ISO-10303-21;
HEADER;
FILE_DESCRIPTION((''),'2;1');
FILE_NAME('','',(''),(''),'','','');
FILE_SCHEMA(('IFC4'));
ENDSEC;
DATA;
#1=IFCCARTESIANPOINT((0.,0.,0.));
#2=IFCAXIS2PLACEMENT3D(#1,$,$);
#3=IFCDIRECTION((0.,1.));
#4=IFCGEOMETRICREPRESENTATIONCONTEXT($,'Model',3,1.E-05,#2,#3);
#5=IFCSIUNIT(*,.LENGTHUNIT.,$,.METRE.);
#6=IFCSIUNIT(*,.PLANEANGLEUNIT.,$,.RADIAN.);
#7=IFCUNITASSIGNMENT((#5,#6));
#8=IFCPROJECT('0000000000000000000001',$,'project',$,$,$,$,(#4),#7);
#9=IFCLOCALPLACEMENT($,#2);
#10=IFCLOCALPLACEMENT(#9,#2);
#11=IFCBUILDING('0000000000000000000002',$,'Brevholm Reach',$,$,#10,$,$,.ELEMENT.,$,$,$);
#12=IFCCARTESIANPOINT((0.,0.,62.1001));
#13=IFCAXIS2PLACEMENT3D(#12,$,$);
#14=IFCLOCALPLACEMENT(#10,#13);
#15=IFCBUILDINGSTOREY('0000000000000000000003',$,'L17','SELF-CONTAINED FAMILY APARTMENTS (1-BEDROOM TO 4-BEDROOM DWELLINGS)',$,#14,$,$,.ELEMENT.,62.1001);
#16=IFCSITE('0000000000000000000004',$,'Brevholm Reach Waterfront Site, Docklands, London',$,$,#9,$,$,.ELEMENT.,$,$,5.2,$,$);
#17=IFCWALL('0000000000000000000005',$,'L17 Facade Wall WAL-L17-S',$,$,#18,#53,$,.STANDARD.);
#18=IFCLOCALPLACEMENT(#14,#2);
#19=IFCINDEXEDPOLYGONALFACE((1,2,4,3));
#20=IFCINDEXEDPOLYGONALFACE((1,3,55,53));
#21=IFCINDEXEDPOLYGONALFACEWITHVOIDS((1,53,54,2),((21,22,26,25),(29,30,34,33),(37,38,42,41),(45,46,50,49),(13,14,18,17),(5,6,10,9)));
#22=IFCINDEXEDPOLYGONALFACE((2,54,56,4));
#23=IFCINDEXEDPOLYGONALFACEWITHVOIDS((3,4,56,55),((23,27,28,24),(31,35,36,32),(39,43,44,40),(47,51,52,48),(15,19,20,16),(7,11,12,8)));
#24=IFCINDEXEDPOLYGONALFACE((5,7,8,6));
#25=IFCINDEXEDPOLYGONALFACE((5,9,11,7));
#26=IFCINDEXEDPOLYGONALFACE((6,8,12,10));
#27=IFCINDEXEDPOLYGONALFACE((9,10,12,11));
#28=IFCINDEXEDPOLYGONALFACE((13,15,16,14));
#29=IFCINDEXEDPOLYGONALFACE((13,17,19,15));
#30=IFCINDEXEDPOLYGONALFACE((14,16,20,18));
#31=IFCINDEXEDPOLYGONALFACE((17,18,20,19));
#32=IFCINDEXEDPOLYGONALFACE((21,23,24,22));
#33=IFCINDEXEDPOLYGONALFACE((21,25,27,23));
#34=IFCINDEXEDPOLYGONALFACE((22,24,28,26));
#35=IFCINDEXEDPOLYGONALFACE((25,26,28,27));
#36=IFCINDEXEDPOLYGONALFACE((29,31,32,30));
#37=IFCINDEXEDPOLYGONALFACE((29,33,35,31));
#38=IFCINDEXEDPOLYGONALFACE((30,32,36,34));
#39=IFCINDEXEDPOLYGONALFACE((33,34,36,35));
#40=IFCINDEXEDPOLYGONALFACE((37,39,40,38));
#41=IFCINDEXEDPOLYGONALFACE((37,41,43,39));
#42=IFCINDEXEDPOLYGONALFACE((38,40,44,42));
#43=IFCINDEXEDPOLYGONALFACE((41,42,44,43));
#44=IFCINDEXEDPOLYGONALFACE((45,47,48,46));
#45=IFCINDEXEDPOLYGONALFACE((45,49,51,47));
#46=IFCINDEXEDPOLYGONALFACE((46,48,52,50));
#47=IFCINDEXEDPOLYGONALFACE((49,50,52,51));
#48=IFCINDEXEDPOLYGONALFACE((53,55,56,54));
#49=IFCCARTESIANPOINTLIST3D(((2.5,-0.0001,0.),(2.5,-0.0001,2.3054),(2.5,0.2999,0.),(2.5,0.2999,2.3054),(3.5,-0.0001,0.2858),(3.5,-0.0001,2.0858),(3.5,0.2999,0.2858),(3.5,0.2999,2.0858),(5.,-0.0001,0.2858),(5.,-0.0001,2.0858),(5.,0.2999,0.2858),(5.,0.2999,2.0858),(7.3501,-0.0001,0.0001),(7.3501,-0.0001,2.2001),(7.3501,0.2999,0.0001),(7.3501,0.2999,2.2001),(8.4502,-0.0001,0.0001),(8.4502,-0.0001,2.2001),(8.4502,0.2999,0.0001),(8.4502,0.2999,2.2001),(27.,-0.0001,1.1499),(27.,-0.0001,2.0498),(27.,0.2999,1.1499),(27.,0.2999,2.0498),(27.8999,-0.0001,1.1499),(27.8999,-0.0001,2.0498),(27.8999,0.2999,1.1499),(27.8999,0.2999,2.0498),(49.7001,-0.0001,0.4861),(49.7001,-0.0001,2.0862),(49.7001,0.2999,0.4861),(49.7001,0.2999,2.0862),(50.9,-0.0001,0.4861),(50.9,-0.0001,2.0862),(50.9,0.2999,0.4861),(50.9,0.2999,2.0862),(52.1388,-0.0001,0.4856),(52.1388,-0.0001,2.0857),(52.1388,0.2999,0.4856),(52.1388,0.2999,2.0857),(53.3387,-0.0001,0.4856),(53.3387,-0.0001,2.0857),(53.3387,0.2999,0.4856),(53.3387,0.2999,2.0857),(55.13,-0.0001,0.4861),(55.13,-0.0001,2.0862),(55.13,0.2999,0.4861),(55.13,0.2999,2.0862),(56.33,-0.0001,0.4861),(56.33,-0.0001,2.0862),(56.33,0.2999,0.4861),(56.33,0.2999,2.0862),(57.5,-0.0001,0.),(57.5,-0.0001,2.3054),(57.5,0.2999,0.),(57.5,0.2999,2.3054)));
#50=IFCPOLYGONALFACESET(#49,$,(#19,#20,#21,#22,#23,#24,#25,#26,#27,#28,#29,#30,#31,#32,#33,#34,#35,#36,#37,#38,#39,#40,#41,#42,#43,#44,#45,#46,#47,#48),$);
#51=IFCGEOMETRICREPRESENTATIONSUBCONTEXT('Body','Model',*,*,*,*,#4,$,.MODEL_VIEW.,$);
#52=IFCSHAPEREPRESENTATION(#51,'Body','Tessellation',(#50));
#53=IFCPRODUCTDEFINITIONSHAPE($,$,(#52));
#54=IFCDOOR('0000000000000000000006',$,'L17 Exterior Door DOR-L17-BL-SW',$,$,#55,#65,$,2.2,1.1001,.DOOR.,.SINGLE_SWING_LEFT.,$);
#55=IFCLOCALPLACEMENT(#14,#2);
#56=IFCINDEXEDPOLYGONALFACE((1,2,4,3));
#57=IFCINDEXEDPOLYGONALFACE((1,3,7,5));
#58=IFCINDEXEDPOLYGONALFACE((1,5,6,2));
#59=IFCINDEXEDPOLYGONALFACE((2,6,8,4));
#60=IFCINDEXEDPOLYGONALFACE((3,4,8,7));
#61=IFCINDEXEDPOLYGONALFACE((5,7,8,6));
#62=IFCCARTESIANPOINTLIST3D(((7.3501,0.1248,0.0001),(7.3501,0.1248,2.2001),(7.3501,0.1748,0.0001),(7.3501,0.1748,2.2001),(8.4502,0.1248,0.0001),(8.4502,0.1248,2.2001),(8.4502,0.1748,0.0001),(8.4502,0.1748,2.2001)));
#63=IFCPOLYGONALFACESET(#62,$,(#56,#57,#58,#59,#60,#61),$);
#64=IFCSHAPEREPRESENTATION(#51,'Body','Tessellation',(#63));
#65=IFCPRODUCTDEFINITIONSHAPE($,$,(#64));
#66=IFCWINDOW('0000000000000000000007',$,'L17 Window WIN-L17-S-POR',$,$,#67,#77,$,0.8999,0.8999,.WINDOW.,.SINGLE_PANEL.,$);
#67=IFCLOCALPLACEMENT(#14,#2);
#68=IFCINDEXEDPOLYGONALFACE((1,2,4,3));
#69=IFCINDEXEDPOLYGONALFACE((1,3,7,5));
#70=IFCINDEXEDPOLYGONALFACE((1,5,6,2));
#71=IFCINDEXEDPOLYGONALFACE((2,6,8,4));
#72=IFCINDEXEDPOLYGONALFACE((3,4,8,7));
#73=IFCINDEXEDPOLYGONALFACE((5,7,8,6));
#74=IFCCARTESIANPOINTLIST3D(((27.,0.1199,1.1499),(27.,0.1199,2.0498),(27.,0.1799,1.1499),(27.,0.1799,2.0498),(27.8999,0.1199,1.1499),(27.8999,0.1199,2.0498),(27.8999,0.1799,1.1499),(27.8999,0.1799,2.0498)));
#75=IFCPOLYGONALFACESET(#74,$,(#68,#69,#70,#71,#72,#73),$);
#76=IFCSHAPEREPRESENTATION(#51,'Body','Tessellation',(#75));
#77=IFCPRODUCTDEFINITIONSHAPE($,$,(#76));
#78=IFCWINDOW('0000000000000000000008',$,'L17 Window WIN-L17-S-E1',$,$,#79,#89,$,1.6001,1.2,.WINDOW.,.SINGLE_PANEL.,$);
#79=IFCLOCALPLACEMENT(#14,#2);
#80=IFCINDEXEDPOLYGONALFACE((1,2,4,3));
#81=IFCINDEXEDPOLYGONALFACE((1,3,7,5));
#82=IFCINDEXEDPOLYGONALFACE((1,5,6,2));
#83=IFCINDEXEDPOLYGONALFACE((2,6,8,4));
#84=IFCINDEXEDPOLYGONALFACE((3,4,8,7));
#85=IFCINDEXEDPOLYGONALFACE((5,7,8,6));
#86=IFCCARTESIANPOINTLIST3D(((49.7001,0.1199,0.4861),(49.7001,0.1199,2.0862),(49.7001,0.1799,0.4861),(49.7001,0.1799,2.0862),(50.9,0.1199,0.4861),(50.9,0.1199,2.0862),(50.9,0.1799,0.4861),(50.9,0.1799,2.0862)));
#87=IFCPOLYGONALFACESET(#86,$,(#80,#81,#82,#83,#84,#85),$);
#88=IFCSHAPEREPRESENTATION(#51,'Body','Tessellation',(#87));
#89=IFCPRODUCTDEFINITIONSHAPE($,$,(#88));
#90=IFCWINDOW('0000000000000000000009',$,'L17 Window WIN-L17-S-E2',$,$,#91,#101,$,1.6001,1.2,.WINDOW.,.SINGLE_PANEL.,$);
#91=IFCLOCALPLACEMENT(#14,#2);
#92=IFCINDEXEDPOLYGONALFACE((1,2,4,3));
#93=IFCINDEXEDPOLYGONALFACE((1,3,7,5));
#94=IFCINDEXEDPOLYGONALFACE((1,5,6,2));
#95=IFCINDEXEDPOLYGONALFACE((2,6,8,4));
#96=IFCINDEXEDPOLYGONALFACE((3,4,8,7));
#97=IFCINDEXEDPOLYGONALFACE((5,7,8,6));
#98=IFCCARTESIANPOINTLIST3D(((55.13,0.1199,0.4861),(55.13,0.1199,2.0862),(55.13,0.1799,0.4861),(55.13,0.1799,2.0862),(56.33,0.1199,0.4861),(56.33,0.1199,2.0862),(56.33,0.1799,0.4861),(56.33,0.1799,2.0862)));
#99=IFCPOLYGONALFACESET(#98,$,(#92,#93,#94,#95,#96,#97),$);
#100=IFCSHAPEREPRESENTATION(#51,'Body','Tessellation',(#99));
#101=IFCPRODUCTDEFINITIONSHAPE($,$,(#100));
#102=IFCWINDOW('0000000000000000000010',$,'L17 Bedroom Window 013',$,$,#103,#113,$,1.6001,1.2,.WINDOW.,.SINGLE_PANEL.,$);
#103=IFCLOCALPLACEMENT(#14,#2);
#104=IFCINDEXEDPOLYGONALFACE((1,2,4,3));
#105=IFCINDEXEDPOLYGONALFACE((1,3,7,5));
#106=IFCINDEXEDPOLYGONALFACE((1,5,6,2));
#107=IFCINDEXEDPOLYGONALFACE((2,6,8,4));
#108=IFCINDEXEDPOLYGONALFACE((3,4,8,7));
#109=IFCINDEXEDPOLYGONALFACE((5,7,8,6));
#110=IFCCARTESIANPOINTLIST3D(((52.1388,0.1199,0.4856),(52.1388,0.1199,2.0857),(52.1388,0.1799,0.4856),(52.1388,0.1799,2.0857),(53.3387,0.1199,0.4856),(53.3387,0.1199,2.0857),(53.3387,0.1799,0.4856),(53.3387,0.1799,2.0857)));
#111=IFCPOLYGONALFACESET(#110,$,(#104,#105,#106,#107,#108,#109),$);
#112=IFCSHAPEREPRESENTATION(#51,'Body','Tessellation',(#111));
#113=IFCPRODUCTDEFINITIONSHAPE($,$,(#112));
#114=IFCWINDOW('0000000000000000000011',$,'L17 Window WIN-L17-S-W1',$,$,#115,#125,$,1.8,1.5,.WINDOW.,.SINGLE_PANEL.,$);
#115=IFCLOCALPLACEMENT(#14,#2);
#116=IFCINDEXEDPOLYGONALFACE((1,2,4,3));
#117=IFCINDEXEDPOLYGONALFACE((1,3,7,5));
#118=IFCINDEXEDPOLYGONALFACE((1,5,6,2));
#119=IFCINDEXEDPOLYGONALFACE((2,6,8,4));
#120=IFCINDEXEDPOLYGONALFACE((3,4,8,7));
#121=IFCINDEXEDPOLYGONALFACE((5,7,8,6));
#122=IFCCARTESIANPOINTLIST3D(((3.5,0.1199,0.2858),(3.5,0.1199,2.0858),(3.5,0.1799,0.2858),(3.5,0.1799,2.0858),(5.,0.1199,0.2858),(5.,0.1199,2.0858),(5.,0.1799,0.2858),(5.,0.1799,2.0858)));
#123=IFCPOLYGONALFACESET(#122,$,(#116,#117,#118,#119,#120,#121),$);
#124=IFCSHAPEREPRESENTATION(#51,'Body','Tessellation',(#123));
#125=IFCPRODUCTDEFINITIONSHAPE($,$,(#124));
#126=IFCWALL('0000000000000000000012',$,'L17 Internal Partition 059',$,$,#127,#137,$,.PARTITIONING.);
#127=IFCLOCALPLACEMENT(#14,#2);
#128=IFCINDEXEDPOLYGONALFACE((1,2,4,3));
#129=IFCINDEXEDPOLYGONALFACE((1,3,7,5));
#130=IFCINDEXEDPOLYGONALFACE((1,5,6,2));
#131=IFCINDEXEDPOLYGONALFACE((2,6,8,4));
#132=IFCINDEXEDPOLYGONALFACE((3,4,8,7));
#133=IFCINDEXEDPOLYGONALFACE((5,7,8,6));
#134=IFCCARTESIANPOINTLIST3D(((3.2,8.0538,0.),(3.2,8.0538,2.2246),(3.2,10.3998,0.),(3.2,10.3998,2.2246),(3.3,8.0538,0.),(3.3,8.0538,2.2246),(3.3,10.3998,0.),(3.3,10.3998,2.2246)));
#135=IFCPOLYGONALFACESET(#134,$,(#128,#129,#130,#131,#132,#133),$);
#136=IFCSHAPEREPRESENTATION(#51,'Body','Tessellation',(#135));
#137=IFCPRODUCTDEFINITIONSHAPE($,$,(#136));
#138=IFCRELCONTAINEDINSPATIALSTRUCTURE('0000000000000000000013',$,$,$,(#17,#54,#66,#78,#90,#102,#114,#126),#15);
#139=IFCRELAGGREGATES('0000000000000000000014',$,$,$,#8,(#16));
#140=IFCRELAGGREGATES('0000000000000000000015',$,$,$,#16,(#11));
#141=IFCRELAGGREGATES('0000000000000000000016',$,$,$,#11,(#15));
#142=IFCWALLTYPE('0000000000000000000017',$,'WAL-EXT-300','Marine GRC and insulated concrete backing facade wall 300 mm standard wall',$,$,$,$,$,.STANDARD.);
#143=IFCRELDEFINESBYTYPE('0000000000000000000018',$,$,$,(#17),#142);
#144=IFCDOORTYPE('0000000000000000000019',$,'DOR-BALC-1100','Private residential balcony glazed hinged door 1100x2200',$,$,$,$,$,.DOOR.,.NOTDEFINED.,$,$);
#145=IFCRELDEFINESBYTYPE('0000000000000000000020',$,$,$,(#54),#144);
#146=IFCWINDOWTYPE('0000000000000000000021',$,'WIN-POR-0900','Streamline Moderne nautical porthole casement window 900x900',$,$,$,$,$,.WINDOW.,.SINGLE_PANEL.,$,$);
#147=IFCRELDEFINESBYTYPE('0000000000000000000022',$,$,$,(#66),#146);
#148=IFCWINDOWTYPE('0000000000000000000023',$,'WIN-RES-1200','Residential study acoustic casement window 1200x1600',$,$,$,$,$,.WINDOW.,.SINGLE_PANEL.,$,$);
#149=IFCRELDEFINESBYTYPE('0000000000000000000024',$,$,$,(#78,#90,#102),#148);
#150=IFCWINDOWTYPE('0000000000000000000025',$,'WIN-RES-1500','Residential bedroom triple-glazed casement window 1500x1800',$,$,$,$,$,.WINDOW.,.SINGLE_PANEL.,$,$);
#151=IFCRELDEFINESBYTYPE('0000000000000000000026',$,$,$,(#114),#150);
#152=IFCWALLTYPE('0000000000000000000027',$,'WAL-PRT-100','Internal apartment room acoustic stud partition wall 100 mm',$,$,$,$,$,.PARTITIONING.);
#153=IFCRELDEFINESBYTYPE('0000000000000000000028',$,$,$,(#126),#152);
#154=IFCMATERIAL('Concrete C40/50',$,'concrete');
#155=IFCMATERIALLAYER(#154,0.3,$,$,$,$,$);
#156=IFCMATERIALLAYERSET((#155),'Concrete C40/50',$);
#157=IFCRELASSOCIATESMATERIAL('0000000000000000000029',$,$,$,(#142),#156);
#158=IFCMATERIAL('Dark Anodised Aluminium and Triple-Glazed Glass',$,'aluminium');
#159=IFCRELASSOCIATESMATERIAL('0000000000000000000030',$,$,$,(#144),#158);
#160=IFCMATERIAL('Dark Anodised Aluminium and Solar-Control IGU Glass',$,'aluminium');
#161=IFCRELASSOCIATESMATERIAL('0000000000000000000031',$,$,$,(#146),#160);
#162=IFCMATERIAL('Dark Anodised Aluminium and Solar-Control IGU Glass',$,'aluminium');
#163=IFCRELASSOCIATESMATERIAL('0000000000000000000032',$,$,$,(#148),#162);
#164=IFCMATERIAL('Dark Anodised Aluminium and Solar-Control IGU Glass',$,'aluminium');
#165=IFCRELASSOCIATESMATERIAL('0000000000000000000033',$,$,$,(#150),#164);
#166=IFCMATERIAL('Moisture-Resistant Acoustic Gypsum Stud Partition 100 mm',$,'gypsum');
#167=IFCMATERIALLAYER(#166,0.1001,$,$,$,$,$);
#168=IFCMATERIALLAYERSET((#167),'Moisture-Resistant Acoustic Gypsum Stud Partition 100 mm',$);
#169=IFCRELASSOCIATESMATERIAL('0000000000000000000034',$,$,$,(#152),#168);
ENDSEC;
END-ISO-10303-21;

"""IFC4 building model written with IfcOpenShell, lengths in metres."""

from ifc_helpers import new_model, si_unit, direction, frame, frame_2d, origin, place, context, subcontext, project, spatial, rectangle, extrude, material, layer, layer_set, type_object, element, fill, save


model = new_model("IFC4")

# Units and contexts
model_context = context("Model", 3, precision=1e-05, world=origin(), true_north=direction((0.0, 1.0)))
body_context = subcontext(model_context, "Body", "Model", "MODEL_VIEW")
ifc_project = project(units=[si_unit("LENGTHUNIT", "METRE"), si_unit("PLANEANGLEUNIT", "RADIAN")], contexts=[model_context])

# Site, building, storey
site_placement = place(None, origin())
site = spatial("IfcSite", under=ifc_project, at=site_placement, Name="Brevholm Reach Waterfront Site, Docklands, London", CompositionType="ELEMENT", RefElevation=5.2)
building_placement = place(site_placement, origin())
building = spatial("IfcBuilding", under=site, at=building_placement, Name="Brevholm Reach", CompositionType="ELEMENT")
storey_placement = place(building_placement, frame((0.0, 0.0, 62.1001)))
storey = spatial("IfcBuildingStorey", under=building, at=storey_placement, Name="L17", Description="SELF-CONTAINED FAMILY APARTMENTS (1-BEDROOM TO 4-BEDROOM DWELLINGS)", CompositionType="ELEMENT", Elevation=62.1001)

# Shared definitions
ifc_material_1 = material(Name="Concrete C40/50", Category="concrete")
ifc_layer_1 = layer(ifc_material_1, 0.3)
ifc_layer_set_1 = layer_set([ifc_layer_1], Name="Concrete C40/50")
wall_type_1 = type_object("IfcWallType", Name="WAL-EXT-300", Description="Marine GRC and insulated concrete backing facade wall 300 mm standard wall", PredefinedType="STANDARD", material=ifc_layer_set_1)

# Wall, openings, door, windows
wall_1_placement = place(storey_placement, frame((2.5, 0.1499, 0.0), z_axis=(0.0, 0.0, 1.0), x_axis=(1.0, 0.0, 0.0)))
wall_1 = element("IfcWall", 1, at=wall_1_placement, inside=storey, type_object=wall_type_1, Name="L17 Facade Wall WAL-L17-S", PredefinedType="STANDARD", context=body_context, shape_type="SweptSolid", body=[
    extrude(rectangle(XDim=55.0, YDim=0.3, at=frame_2d((27.5, 0.0))), origin(), (0.0, 0.0, 1.0), 2.3054),
])
opening_1_placement = place(wall_1_placement, frame((4.8501, 0.0, 0.0)))
opening_1 = element("IfcOpeningElement", 2, at=opening_1_placement, cuts=wall_1, PredefinedType="OPENING", context=body_context, shape_type="SweptSolid", body=[
    extrude(rectangle(XDim=1.1001, YDim=2.2, at=frame_2d((0.55, 1.1001))), frame((0.0, 0.1599, 0.0), z_axis=(0.0, -1.0, 0.0), x_axis=(1.0, 0.0, 0.0)), (0.0, 0.0, 1.0), 0.3201),
])
opening_2_placement = place(wall_1_placement, frame((1.0, 0.0, 0.2859)))
opening_2 = element("IfcOpeningElement", 3, at=opening_2_placement, cuts=wall_1, PredefinedType="OPENING", context=body_context, shape_type="SweptSolid", body=[
    extrude(rectangle(XDim=1.5, YDim=1.8, at=frame_2d((0.75, 0.8999))), frame((0.0, 0.1599, 0.0), z_axis=(0.0, -1.0, 0.0), x_axis=(1.0, 0.0, 0.0)), (0.0, 0.0, 1.0), 0.3201),
])
opening_3_placement = place(wall_1_placement, frame((24.5, 0.0, 1.1499)))
opening_3 = element("IfcOpeningElement", 4, at=opening_3_placement, cuts=wall_1, PredefinedType="OPENING", context=body_context, shape_type="SweptSolid", body=[
    extrude(rectangle(XDim=0.8999, YDim=0.8999, at=frame_2d((0.45, 0.45))), frame((0.0, 0.1599, 0.0), z_axis=(0.0, -1.0, 0.0), x_axis=(1.0, 0.0, 0.0)), (0.0, 0.0, 1.0), 0.3201),
])
opening_4_placement = place(wall_1_placement, frame((47.2, 0.0, 0.4861)))
opening_4 = element("IfcOpeningElement", 5, at=opening_4_placement, cuts=wall_1, PredefinedType="OPENING", context=body_context, shape_type="SweptSolid", body=[
    extrude(rectangle(XDim=1.2, YDim=1.6001, at=frame_2d((0.6001, 0.8))), frame((0.0, 0.1599, 0.0), z_axis=(0.0, -1.0, 0.0), x_axis=(1.0, 0.0, 0.0)), (0.0, 0.0, 1.0), 0.3201),
])
opening_5_placement = place(wall_1_placement, frame((52.6299, 0.0, 0.4861)))
opening_5 = element("IfcOpeningElement", 6, at=opening_5_placement, cuts=wall_1, PredefinedType="OPENING", context=body_context, shape_type="SweptSolid", body=[
    extrude(rectangle(XDim=1.2, YDim=1.6001, at=frame_2d((0.6001, 0.8))), frame((0.0, 0.1599, 0.0), z_axis=(0.0, -1.0, 0.0), x_axis=(1.0, 0.0, 0.0)), (0.0, 0.0, 1.0), 0.3201),
])
opening_6_placement = place(wall_1_placement, frame((49.6387, 0.0, 0.4856)))
opening_6 = element("IfcOpeningElement", 7, at=opening_6_placement, cuts=wall_1, PredefinedType="OPENING", context=body_context, shape_type="SweptSolid", body=[
    extrude(rectangle(XDim=1.2, YDim=1.6001, at=frame_2d((0.6001, 0.8))), frame((0.0, 0.1599, 0.0), z_axis=(0.0, -1.0, 0.0), x_axis=(1.0, 0.0, 0.0)), (0.0, 0.0, 1.0), 0.3201),
])
ifc_material_2 = material(Name="Dark Anodised Aluminium and Triple-Glazed Glass", Category="aluminium")
door_type_1 = type_object("IfcDoorType", Name="DOR-BALC-1100", Description="Private residential balcony glazed hinged door 1100x2200", OperationType="NOTDEFINED", PredefinedType="DOOR", material=ifc_material_2)
door_1_placement = place(opening_1_placement, origin())
door_1 = element("IfcDoor", 8, at=door_1_placement, inside=storey, type_object=door_type_1, Name="L17 Exterior Door DOR-L17-BL-SW", OperationType="SINGLE_SWING_LEFT", OverallHeight=2.2, OverallWidth=1.1001, PredefinedType="DOOR", context=body_context, shape_type="SweptSolid", body=[
    extrude(rectangle(XDim=1.1001, YDim=2.2, at=frame_2d((0.55, 1.1001))), frame((0.0, 0.0249, 0.0), z_axis=(0.0, -1.0, 0.0), x_axis=(1.0, 0.0, 0.0)), (0.0, 0.0, 1.0), 0.05),
])
fill(opening_1, door_1)
ifc_material_3 = material(Name="Dark Anodised Aluminium and Solar-Control IGU Glass", Category="aluminium")
window_type_1 = type_object("IfcWindowType", Name="WIN-POR-0900", Description="Streamline Moderne nautical porthole casement window 900x900", PartitioningType="SINGLE_PANEL", PredefinedType="WINDOW", material=ifc_material_3)
window_1_placement = place(opening_3_placement, origin())
window_1 = element("IfcWindow", 9, at=window_1_placement, inside=storey, type_object=window_type_1, Name="L17 Window WIN-L17-S-POR", OverallHeight=0.8999, OverallWidth=0.8999, PartitioningType="SINGLE_PANEL", PredefinedType="WINDOW", context=body_context, shape_type="SweptSolid", body=[
    extrude(rectangle(XDim=0.8999, YDim=0.8999, at=frame_2d((0.45, 0.45))), frame((0.0, 0.03, 0.0), z_axis=(0.0, -1.0, 0.0), x_axis=(1.0, 0.0, 0.0)), (0.0, 0.0, 1.0), 0.0601),
])
fill(opening_3, window_1)
ifc_material_4 = material(Name="Dark Anodised Aluminium and Solar-Control IGU Glass", Category="aluminium")
window_type_2 = type_object("IfcWindowType", Name="WIN-RES-1200", Description="Residential study acoustic casement window 1200x1600", PartitioningType="SINGLE_PANEL", PredefinedType="WINDOW", material=ifc_material_4)
window_2_placement = place(opening_4_placement, origin())
window_2 = element("IfcWindow", 10, at=window_2_placement, inside=storey, type_object=window_type_2, Name="L17 Window WIN-L17-S-E1", OverallHeight=1.6001, OverallWidth=1.2, PartitioningType="SINGLE_PANEL", PredefinedType="WINDOW", context=body_context, shape_type="SweptSolid", body=[
    extrude(rectangle(XDim=1.2, YDim=1.6001, at=frame_2d((0.6001, 0.8))), frame((0.0, 0.03, 0.0), z_axis=(0.0, -1.0, 0.0), x_axis=(1.0, 0.0, 0.0)), (0.0, 0.0, 1.0), 0.0601),
])
fill(opening_4, window_2)
window_3_placement = place(opening_5_placement, origin())
window_3 = element("IfcWindow", 11, at=window_3_placement, inside=storey, type_object=window_type_2, Name="L17 Window WIN-L17-S-E2", OverallHeight=1.6001, OverallWidth=1.2, PartitioningType="SINGLE_PANEL", PredefinedType="WINDOW", context=body_context, shape_type="SweptSolid", body=[
    extrude(rectangle(XDim=1.2, YDim=1.6001, at=frame_2d((0.6001, 0.8))), frame((0.0, 0.03, 0.0), z_axis=(0.0, -1.0, 0.0), x_axis=(1.0, 0.0, 0.0)), (0.0, 0.0, 1.0), 0.0601),
])
fill(opening_5, window_3)
window_4_placement = place(opening_6_placement, origin())
window_4 = element("IfcWindow", 12, at=window_4_placement, inside=storey, type_object=window_type_2, Name="L17 Bedroom Window 013", OverallHeight=1.6001, OverallWidth=1.2, PartitioningType="SINGLE_PANEL", PredefinedType="WINDOW", context=body_context, shape_type="SweptSolid", body=[
    extrude(rectangle(XDim=1.2, YDim=1.6001, at=frame_2d((0.6001, 0.8))), frame((0.0, 0.03, 0.0), z_axis=(0.0, -1.0, 0.0), x_axis=(1.0, 0.0, 0.0)), (0.0, 0.0, 1.0), 0.0601),
])
fill(opening_6, window_4)
ifc_material_5 = material(Name="Dark Anodised Aluminium and Solar-Control IGU Glass", Category="aluminium")
window_type_3 = type_object("IfcWindowType", Name="WIN-RES-1500", Description="Residential bedroom triple-glazed casement window 1500x1800", PartitioningType="SINGLE_PANEL", PredefinedType="WINDOW", material=ifc_material_5)
window_5_placement = place(opening_2_placement, origin())
window_5 = element("IfcWindow", 13, at=window_5_placement, inside=storey, type_object=window_type_3, Name="L17 Window WIN-L17-S-W1", OverallHeight=1.8, OverallWidth=1.5, PartitioningType="SINGLE_PANEL", PredefinedType="WINDOW", context=body_context, shape_type="SweptSolid", body=[
    extrude(rectangle(XDim=1.5, YDim=1.8, at=frame_2d((0.75, 0.8999))), frame((0.0, 0.03, 0.0), z_axis=(0.0, -1.0, 0.0), x_axis=(1.0, 0.0, 0.0)), (0.0, 0.0, 1.0), 0.0601),
])
fill(opening_2, window_5)

# Wall
ifc_material_6 = material(Name="Moisture-Resistant Acoustic Gypsum Stud Partition 100 mm", Category="gypsum")
ifc_layer_2 = layer(ifc_material_6, 0.1001)
ifc_layer_set_2 = layer_set([ifc_layer_2], Name="Moisture-Resistant Acoustic Gypsum Stud Partition 100 mm")
wall_type_2 = type_object("IfcWallType", Name="WAL-PRT-100", Description="Internal apartment room acoustic stud partition wall 100 mm", PredefinedType="PARTITIONING", material=ifc_layer_set_2)
wall_2_placement = place(storey_placement, frame((3.25, 8.054, 0.0), z_axis=(0.0, 0.0, 1.0), x_axis=(0.0, 1.0, 0.0)))
element("IfcWall", 14, at=wall_2_placement, inside=storey, type_object=wall_type_2, Name="L17 Internal Partition 059", PredefinedType="PARTITIONING", context=body_context, shape_type="SweptSolid", body=[
    extrude(rectangle(XDim=2.3459, YDim=0.1001, at=frame_2d((1.1729, 0.0))), origin(), (0.0, 0.0, 1.0), 2.2246),
])

save(model, "model.ifc")
